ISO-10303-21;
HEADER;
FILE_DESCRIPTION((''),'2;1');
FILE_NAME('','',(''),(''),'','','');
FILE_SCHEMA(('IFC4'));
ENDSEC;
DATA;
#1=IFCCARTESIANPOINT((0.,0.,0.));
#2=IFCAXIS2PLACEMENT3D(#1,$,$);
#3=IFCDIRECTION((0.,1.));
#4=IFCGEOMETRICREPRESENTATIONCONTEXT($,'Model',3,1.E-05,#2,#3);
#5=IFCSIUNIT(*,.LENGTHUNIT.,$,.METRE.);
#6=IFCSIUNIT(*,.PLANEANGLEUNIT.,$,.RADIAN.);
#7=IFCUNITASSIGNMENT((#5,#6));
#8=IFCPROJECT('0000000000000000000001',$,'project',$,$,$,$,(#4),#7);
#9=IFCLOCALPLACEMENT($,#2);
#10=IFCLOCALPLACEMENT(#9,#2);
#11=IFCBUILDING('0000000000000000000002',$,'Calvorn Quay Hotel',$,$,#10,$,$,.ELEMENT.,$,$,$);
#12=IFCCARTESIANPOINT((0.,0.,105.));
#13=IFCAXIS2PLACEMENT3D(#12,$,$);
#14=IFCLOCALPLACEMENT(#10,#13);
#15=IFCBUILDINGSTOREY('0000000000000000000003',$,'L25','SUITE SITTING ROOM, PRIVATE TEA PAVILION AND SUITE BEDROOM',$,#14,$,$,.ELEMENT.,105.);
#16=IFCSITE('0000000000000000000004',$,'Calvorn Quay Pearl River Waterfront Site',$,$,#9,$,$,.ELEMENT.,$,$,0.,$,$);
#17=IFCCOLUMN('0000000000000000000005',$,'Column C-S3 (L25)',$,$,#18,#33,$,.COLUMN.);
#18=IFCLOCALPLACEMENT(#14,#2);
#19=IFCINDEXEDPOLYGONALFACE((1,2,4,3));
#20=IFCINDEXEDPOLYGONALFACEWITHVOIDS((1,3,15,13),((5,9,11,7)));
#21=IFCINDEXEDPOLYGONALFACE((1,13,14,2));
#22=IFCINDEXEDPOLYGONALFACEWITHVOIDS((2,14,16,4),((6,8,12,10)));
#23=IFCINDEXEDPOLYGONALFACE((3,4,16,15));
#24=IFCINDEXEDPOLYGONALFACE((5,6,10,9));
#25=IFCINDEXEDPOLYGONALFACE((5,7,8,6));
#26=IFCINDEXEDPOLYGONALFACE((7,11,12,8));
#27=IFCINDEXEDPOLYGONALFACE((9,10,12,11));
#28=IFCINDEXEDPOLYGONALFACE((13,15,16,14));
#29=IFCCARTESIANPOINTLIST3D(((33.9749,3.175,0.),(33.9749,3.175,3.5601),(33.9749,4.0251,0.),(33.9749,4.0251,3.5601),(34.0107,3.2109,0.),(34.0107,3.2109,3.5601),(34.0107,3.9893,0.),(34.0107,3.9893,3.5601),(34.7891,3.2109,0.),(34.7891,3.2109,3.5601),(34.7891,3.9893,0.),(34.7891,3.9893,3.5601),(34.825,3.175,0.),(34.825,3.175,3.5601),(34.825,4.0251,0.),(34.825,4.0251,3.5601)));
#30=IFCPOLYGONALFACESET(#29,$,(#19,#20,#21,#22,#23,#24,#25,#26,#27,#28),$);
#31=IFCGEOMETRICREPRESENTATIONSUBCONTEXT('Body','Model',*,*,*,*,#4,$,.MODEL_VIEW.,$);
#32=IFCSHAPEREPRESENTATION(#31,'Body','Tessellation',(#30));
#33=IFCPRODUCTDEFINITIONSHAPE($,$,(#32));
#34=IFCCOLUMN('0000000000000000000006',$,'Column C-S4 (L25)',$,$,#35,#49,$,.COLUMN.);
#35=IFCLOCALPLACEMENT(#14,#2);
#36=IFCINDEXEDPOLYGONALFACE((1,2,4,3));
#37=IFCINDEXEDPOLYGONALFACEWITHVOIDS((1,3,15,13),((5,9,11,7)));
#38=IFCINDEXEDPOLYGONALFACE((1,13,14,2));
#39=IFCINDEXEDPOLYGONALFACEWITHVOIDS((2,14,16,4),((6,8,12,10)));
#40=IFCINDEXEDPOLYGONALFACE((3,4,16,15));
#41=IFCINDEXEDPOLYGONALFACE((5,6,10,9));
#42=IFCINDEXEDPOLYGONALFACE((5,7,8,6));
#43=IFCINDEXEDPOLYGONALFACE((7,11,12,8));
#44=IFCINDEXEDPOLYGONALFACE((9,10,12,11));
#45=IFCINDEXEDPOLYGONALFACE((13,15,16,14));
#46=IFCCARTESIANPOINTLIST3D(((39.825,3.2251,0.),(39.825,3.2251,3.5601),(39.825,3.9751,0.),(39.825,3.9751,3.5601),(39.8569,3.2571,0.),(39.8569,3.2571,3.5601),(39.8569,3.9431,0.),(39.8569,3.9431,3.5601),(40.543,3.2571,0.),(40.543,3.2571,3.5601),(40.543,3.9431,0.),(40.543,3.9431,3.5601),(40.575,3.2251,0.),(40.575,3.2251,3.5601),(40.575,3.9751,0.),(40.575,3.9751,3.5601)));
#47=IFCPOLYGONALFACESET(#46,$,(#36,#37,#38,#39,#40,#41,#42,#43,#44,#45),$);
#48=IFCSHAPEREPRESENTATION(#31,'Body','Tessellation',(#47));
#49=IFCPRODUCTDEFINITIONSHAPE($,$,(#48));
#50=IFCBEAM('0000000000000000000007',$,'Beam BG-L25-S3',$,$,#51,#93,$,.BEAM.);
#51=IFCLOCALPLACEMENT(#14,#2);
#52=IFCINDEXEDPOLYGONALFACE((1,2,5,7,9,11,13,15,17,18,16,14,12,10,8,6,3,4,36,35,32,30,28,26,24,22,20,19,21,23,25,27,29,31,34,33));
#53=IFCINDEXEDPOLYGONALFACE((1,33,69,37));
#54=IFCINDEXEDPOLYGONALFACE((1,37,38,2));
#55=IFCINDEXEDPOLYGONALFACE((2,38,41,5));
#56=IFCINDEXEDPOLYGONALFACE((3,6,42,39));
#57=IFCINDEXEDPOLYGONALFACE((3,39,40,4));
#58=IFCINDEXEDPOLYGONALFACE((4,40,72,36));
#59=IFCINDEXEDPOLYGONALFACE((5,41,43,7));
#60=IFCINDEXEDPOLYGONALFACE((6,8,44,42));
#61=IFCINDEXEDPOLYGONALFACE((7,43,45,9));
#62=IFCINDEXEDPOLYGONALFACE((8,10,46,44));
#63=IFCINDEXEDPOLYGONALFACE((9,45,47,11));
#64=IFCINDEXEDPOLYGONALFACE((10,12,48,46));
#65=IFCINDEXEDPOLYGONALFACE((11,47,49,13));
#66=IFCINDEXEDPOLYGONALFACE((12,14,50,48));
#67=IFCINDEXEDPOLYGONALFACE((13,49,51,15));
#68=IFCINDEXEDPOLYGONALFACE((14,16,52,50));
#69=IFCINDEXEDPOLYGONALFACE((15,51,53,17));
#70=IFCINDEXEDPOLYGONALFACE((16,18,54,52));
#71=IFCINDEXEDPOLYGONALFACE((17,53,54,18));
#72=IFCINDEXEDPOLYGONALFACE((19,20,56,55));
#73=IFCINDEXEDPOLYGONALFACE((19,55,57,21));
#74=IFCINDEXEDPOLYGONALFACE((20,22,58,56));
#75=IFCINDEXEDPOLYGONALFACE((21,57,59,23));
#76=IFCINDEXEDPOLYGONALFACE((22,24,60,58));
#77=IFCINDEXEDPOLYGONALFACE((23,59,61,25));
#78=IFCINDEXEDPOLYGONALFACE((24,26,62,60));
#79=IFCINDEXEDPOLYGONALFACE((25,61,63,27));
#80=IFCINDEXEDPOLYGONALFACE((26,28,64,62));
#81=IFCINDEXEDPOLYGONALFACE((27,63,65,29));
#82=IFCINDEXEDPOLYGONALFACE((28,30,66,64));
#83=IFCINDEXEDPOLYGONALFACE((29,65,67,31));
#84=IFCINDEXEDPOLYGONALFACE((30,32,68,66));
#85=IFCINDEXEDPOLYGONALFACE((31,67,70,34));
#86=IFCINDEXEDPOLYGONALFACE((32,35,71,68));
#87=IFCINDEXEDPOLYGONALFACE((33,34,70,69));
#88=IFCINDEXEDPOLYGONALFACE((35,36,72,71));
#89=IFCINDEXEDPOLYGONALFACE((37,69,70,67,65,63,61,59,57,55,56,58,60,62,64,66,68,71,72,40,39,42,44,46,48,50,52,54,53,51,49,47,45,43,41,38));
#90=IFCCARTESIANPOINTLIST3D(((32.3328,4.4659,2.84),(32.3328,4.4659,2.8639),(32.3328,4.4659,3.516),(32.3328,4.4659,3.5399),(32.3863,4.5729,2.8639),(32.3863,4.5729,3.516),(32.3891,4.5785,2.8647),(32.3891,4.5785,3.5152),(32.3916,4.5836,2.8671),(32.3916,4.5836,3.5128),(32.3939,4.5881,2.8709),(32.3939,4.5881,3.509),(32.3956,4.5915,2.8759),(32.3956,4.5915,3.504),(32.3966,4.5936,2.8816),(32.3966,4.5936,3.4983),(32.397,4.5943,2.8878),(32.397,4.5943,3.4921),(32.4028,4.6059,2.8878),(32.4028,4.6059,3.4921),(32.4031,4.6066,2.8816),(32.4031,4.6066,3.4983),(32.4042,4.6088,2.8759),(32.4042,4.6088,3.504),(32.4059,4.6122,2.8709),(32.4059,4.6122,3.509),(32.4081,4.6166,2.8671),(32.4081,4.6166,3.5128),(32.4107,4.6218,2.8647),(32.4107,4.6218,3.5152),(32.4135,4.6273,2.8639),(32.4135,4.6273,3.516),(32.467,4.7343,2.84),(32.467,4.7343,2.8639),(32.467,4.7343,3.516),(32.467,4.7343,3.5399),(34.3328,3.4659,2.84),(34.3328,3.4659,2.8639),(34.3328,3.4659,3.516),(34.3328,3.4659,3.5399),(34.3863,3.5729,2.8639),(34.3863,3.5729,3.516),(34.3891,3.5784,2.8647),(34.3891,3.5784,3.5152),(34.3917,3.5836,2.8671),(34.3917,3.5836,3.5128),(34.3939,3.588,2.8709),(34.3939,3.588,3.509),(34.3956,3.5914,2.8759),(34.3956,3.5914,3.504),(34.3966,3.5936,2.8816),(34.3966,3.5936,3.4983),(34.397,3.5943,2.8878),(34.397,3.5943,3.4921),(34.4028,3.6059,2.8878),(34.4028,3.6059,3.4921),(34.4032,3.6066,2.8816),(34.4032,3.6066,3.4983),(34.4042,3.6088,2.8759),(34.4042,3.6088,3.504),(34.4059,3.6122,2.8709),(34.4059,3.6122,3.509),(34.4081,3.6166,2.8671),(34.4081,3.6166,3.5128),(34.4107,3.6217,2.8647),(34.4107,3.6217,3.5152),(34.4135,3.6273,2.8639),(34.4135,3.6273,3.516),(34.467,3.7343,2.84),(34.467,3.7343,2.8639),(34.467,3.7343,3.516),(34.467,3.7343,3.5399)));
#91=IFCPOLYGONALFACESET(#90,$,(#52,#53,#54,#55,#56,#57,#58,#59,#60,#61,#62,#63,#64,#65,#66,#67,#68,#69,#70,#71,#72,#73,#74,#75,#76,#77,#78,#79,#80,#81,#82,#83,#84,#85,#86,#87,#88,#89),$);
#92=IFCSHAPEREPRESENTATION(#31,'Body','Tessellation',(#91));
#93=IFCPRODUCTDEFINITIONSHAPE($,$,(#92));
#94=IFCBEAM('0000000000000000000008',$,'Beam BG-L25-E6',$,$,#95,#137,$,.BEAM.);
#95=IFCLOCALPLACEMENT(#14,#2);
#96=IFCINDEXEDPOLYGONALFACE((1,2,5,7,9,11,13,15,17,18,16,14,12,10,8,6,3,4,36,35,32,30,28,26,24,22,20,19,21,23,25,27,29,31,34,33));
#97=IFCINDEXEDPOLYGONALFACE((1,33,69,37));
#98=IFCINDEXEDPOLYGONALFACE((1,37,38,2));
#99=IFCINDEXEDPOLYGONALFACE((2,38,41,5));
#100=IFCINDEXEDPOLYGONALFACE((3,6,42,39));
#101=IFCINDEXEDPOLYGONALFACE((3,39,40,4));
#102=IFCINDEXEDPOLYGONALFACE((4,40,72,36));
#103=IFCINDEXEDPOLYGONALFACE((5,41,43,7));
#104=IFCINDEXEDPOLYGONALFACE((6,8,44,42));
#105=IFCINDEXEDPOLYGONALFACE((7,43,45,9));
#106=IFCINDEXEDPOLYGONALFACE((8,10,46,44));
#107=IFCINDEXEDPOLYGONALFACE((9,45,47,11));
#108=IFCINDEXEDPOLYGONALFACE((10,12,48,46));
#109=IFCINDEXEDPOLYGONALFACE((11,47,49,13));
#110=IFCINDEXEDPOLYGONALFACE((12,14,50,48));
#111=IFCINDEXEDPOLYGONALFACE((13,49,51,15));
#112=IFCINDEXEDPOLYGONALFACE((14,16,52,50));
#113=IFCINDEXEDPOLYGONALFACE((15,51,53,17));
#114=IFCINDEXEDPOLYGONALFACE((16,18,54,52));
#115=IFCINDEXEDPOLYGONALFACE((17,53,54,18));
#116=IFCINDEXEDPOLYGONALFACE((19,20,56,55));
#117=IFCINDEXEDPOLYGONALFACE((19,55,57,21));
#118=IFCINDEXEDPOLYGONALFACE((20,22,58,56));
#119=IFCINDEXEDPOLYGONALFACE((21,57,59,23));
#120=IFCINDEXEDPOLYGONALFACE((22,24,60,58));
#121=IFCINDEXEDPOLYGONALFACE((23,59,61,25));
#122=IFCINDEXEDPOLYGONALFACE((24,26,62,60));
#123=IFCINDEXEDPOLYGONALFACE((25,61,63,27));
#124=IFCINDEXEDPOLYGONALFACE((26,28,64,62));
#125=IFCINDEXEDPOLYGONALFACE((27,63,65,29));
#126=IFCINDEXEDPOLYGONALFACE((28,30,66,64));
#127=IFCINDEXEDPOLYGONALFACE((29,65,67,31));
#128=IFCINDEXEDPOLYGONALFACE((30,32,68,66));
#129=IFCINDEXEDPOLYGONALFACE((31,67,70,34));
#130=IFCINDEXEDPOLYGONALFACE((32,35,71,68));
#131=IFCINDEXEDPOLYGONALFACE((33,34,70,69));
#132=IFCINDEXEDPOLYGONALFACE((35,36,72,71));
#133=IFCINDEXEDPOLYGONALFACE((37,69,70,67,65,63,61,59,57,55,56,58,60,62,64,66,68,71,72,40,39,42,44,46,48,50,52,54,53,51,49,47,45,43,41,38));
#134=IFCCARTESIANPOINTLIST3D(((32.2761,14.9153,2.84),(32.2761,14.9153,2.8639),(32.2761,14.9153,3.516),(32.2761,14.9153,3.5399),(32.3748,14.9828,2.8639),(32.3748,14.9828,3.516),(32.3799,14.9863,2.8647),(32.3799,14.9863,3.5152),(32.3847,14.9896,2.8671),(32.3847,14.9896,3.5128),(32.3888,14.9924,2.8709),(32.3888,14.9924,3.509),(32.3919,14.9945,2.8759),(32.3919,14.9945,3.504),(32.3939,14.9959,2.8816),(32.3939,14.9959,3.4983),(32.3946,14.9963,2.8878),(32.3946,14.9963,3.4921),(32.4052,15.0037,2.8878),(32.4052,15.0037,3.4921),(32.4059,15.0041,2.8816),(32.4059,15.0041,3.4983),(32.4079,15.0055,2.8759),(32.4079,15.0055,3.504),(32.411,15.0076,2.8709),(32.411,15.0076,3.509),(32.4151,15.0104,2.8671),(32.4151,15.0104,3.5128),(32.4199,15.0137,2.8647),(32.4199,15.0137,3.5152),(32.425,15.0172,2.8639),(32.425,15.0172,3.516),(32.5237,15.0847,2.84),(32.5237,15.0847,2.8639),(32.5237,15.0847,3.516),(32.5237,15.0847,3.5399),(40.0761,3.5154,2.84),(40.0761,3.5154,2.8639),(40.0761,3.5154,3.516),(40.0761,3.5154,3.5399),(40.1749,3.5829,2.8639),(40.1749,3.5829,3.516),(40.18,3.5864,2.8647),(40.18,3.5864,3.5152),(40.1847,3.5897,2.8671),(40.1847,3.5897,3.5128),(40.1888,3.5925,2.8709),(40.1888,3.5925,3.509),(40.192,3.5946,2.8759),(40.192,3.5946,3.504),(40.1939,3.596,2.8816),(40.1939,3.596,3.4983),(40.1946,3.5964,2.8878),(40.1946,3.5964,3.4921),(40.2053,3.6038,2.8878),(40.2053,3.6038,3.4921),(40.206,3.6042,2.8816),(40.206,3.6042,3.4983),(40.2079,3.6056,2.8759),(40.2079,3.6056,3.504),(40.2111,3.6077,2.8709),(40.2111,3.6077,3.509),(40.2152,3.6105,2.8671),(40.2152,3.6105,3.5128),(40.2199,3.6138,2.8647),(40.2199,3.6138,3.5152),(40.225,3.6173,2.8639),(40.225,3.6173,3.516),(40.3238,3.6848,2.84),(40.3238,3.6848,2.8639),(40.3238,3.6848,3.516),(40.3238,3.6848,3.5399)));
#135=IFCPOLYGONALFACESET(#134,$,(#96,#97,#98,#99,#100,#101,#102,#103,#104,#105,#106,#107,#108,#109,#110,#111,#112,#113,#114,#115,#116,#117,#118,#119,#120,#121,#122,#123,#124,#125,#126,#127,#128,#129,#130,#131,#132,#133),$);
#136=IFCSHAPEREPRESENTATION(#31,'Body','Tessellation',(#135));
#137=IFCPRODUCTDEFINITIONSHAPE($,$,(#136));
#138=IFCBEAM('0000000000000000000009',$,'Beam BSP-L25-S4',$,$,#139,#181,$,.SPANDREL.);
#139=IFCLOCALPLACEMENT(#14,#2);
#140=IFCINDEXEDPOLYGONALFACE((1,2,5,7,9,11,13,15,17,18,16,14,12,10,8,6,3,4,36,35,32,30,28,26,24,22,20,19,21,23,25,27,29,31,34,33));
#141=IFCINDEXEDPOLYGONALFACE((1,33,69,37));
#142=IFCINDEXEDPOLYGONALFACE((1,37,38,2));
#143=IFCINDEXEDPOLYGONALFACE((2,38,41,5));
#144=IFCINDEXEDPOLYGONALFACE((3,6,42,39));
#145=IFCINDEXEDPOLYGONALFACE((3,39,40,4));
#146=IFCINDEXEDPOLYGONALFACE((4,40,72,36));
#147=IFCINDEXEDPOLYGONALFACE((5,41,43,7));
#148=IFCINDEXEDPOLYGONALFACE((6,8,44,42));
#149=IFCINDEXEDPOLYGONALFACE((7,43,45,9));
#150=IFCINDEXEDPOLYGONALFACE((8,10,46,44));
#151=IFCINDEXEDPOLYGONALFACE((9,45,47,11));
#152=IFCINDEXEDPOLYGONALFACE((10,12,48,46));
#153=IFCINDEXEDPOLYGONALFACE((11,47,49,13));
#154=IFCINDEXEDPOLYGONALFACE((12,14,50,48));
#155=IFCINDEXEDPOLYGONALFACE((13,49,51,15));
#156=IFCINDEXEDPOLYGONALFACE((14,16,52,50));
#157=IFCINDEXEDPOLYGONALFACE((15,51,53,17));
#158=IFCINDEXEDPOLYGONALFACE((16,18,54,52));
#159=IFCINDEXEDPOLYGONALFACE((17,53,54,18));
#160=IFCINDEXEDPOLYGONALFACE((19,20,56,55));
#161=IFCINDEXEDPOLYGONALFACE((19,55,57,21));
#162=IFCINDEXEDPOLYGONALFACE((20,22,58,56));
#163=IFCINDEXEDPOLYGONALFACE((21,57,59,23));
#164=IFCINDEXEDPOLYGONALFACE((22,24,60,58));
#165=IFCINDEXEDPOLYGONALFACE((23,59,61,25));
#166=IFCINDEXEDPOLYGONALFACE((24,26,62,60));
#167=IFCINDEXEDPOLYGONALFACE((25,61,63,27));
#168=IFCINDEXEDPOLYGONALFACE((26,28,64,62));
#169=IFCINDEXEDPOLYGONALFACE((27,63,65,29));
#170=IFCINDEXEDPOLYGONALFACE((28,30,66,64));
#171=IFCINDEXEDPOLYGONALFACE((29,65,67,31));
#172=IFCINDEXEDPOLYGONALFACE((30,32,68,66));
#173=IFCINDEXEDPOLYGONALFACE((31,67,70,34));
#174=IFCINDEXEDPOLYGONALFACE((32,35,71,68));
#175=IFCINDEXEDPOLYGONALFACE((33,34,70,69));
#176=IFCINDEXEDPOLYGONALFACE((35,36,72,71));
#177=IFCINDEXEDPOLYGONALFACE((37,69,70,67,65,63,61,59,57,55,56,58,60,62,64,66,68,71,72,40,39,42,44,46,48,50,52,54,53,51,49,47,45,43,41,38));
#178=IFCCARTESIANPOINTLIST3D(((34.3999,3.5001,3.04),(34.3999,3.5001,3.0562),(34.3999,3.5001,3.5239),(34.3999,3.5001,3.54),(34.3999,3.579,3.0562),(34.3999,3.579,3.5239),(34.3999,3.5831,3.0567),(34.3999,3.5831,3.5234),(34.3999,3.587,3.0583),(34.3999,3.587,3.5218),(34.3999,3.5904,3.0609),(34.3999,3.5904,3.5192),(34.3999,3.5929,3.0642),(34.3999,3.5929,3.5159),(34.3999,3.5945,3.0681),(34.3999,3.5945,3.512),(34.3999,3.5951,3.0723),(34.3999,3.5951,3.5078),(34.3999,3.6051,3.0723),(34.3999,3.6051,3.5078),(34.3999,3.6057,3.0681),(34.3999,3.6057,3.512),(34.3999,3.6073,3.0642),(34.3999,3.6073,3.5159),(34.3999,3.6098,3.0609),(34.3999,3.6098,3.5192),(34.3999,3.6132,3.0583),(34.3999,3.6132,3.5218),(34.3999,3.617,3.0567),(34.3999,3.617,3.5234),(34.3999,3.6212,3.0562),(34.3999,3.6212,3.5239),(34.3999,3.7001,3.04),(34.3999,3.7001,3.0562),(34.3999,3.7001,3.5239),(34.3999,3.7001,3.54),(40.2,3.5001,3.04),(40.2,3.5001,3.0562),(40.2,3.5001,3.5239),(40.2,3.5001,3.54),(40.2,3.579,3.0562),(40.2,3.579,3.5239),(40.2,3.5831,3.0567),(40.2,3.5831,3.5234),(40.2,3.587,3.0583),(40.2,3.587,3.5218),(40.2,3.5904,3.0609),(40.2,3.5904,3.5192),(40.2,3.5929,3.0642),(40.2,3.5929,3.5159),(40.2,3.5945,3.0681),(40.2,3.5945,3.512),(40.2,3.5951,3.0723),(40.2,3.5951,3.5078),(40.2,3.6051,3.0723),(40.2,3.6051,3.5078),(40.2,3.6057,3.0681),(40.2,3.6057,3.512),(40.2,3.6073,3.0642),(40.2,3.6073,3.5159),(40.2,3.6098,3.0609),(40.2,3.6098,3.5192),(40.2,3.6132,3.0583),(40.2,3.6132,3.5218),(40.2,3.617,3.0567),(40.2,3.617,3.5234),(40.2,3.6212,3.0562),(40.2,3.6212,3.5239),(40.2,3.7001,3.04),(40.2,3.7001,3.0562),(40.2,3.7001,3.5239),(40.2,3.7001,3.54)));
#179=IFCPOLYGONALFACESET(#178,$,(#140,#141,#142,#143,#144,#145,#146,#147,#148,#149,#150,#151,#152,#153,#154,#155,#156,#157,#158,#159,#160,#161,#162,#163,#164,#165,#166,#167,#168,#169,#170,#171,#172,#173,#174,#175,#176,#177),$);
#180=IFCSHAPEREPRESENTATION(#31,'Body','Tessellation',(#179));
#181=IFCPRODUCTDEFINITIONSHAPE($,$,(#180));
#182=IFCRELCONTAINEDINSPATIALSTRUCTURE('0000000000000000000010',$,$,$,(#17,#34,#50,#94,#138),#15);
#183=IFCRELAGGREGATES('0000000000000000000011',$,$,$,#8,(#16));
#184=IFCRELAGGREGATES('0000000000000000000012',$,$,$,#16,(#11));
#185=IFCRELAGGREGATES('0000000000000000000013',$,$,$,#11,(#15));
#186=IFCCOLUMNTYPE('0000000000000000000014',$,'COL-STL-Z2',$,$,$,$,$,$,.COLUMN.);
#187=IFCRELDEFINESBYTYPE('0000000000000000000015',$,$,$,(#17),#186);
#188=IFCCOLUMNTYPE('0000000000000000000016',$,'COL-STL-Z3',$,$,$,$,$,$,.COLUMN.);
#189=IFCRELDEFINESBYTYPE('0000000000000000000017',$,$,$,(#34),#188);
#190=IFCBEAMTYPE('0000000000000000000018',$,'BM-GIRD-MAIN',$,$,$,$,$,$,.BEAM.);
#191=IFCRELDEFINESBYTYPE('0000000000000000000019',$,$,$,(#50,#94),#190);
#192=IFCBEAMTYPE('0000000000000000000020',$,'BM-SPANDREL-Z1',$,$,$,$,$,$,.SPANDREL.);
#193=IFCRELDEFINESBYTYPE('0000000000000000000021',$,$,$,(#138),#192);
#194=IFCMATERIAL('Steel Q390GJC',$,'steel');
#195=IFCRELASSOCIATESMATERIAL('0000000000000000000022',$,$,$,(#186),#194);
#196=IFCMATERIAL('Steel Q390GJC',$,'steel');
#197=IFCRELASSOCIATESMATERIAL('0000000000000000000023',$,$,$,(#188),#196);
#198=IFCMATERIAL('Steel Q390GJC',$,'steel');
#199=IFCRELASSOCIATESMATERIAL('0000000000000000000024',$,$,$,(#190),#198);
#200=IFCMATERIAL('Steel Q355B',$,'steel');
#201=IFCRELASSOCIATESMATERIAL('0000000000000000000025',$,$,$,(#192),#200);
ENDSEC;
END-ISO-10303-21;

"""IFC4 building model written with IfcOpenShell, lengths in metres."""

from ifc_helpers import new_model, si_unit, direction, frame, origin, origin_2d, place, context, subcontext, project, spatial, hollow_rectangle, i_section, extrude, material, material_profile, profile_set, type_object, element, save


model = new_model("IFC4")

# Units and contexts
model_context = context("Model", 3, precision=1e-05, world=origin(), true_north=direction((0.0, 1.0)))
body_context = subcontext(model_context, "Body", "Model", "MODEL_VIEW")
ifc_project = project(units=[si_unit("LENGTHUNIT", "METRE"), si_unit("PLANEANGLEUNIT", "RADIAN")], contexts=[model_context])

# Site, building, storey
site_placement = place(None, origin())
site = spatial("IfcSite", under=ifc_project, at=site_placement, Name="Calvorn Quay Pearl River Waterfront Site", CompositionType="ELEMENT", RefElevation=0.0)
building_placement = place(site_placement, origin())
building = spatial("IfcBuilding", under=site, at=building_placement, Name="Calvorn Quay Hotel", CompositionType="ELEMENT")
storey_placement = place(building_placement, frame((0.0, 0.0, 105.0)))
storey = spatial("IfcBuildingStorey", under=building, at=storey_placement, Name="L25", Description="SUITE SITTING ROOM, PRIVATE TEA PAVILION AND SUITE BEDROOM", CompositionType="ELEMENT", Elevation=105.0)

# Columns
ifc_material_1 = material(Name="Steel Q390GJC", Category="steel")
ifc_material_profile_1 = material_profile(ifc_material_1, hollow_rectangle(XDim=0.8501, YDim=0.8501, WallThickness=0.0359, at=origin_2d()), Name="BOX850x850x36")
ifc_profile_set_1 = profile_set([ifc_material_profile_1], Name="Steel Q390GJC")
column_type_1 = type_object("IfcColumnType", Name="COL-STL-Z2", PredefinedType="COLUMN", material=ifc_profile_set_1)
column_1_placement = place(storey_placement, frame((34.3999, 3.6001, 0.0), z_axis=(0.0, 0.0, 1.0), x_axis=(1.0, 0.0, 0.0)))
element("IfcColumn", 1, at=column_1_placement, inside=storey, type_object=column_type_1, Name="Column C-S3 (L25)", PredefinedType="COLUMN", context=body_context, shape_type="SweptSolid", body=[
    extrude(hollow_rectangle(XDim=0.8501, YDim=0.8501, WallThickness=0.0359, at=origin_2d()), origin(), (0.0, 0.0, 1.0), 3.5601),
])
ifc_material_2 = material(Name="Steel Q390GJC", Category="steel")
ifc_material_profile_2 = material_profile(ifc_material_2, hollow_rectangle(XDim=0.75, YDim=0.75, WallThickness=0.032, at=origin_2d()), Name="BOX750x750x32")
ifc_profile_set_2 = profile_set([ifc_material_profile_2], Name="Steel Q390GJC")
column_type_2 = type_object("IfcColumnType", Name="COL-STL-Z3", PredefinedType="COLUMN", material=ifc_profile_set_2)
column_2_placement = place(storey_placement, frame((40.2, 3.6001, 0.0), z_axis=(0.0, 0.0, 1.0), x_axis=(1.0, 0.0, 0.0)))
element("IfcColumn", 2, at=column_2_placement, inside=storey, type_object=column_type_2, Name="Column C-S4 (L25)", PredefinedType="COLUMN", context=body_context, shape_type="SweptSolid", body=[
    extrude(hollow_rectangle(XDim=0.75, YDim=0.75, WallThickness=0.032, at=origin_2d()), origin(), (0.0, 0.0, 1.0), 3.5601),
])

# Beams
ifc_material_3 = material(Name="Steel Q390GJC", Category="steel")
ifc_material_profile_3 = material_profile(ifc_material_3, i_section(OverallWidth=0.3, OverallDepth=0.7, WebThickness=0.0129, FlangeThickness=0.0239, FilletRadius=0.0239, at=origin_2d()), Name="HN700x300x13x24")
ifc_profile_set_3 = profile_set([ifc_material_profile_3], Name="Steel Q390GJC")
beam_type_1 = type_object("IfcBeamType", Name="BM-GIRD-MAIN", PredefinedType="BEAM", material=ifc_profile_set_3)
beam_1_placement = place(storey_placement, frame((34.3999, 3.6001, 3.1899), z_axis=(-0.894427, 0.447214, 0.0), x_axis=(-0.447214, -0.894427, 0.0)))
element("IfcBeam", 3, at=beam_1_placement, inside=storey, type_object=beam_type_1, Name="Beam BG-L25-S3", PredefinedType="BEAM", context=body_context, shape_type="SweptSolid", body=[
    extrude(i_section(OverallWidth=0.3, OverallDepth=0.7, WebThickness=0.0129, FlangeThickness=0.0239, FilletRadius=0.0239, at=origin_2d()), origin(), (0.0, 0.0, 1.0), 2.2361),
])
beam_2_placement = place(storey_placement, frame((40.2, 3.6001, 3.1899), z_axis=(-0.56469, 0.825303, 0.0), x_axis=(-0.825303, -0.56469, 0.0)))
element("IfcBeam", 4, at=beam_2_placement, inside=storey, type_object=beam_type_1, Name="Beam BG-L25-E6", PredefinedType="BEAM", context=body_context, shape_type="SweptSolid", body=[
    extrude(i_section(OverallWidth=0.3, OverallDepth=0.7, WebThickness=0.0129, FlangeThickness=0.0239, FilletRadius=0.0239, at=origin_2d()), origin(), (0.0, 0.0, 1.0), 13.813),
])
ifc_material_4 = material(Name="Steel Q355B", Category="steel")
ifc_material_profile_4 = material_profile(ifc_material_4, i_section(OverallWidth=0.2, OverallDepth=0.5, WebThickness=0.01, FlangeThickness=0.0161, FilletRadius=0.0161, at=origin_2d()), Name="HN500x200x10x16")
ifc_profile_set_4 = profile_set([ifc_material_profile_4], Name="Steel Q355B")
beam_type_2 = type_object("IfcBeamType", Name="BM-SPANDREL-Z1", PredefinedType="SPANDREL", material=ifc_profile_set_4)
beam_3_placement = place(storey_placement, frame((34.3999, 3.6001, 3.29), z_axis=(1.0, 0.0, 0.0), x_axis=(0.0, 1.0, 0.0)))
element("IfcBeam", 5, at=beam_3_placement, inside=storey, type_object=beam_type_2, Name="Beam BSP-L25-S4", PredefinedType="SPANDREL", context=body_context, shape_type="SweptSolid", body=[
    extrude(i_section(OverallWidth=0.2, OverallDepth=0.5, WebThickness=0.01, FlangeThickness=0.0161, FilletRadius=0.0161, at=origin_2d()), origin(), (0.0, 0.0, 1.0), 5.8),
])

save(model, "model.ifc")
